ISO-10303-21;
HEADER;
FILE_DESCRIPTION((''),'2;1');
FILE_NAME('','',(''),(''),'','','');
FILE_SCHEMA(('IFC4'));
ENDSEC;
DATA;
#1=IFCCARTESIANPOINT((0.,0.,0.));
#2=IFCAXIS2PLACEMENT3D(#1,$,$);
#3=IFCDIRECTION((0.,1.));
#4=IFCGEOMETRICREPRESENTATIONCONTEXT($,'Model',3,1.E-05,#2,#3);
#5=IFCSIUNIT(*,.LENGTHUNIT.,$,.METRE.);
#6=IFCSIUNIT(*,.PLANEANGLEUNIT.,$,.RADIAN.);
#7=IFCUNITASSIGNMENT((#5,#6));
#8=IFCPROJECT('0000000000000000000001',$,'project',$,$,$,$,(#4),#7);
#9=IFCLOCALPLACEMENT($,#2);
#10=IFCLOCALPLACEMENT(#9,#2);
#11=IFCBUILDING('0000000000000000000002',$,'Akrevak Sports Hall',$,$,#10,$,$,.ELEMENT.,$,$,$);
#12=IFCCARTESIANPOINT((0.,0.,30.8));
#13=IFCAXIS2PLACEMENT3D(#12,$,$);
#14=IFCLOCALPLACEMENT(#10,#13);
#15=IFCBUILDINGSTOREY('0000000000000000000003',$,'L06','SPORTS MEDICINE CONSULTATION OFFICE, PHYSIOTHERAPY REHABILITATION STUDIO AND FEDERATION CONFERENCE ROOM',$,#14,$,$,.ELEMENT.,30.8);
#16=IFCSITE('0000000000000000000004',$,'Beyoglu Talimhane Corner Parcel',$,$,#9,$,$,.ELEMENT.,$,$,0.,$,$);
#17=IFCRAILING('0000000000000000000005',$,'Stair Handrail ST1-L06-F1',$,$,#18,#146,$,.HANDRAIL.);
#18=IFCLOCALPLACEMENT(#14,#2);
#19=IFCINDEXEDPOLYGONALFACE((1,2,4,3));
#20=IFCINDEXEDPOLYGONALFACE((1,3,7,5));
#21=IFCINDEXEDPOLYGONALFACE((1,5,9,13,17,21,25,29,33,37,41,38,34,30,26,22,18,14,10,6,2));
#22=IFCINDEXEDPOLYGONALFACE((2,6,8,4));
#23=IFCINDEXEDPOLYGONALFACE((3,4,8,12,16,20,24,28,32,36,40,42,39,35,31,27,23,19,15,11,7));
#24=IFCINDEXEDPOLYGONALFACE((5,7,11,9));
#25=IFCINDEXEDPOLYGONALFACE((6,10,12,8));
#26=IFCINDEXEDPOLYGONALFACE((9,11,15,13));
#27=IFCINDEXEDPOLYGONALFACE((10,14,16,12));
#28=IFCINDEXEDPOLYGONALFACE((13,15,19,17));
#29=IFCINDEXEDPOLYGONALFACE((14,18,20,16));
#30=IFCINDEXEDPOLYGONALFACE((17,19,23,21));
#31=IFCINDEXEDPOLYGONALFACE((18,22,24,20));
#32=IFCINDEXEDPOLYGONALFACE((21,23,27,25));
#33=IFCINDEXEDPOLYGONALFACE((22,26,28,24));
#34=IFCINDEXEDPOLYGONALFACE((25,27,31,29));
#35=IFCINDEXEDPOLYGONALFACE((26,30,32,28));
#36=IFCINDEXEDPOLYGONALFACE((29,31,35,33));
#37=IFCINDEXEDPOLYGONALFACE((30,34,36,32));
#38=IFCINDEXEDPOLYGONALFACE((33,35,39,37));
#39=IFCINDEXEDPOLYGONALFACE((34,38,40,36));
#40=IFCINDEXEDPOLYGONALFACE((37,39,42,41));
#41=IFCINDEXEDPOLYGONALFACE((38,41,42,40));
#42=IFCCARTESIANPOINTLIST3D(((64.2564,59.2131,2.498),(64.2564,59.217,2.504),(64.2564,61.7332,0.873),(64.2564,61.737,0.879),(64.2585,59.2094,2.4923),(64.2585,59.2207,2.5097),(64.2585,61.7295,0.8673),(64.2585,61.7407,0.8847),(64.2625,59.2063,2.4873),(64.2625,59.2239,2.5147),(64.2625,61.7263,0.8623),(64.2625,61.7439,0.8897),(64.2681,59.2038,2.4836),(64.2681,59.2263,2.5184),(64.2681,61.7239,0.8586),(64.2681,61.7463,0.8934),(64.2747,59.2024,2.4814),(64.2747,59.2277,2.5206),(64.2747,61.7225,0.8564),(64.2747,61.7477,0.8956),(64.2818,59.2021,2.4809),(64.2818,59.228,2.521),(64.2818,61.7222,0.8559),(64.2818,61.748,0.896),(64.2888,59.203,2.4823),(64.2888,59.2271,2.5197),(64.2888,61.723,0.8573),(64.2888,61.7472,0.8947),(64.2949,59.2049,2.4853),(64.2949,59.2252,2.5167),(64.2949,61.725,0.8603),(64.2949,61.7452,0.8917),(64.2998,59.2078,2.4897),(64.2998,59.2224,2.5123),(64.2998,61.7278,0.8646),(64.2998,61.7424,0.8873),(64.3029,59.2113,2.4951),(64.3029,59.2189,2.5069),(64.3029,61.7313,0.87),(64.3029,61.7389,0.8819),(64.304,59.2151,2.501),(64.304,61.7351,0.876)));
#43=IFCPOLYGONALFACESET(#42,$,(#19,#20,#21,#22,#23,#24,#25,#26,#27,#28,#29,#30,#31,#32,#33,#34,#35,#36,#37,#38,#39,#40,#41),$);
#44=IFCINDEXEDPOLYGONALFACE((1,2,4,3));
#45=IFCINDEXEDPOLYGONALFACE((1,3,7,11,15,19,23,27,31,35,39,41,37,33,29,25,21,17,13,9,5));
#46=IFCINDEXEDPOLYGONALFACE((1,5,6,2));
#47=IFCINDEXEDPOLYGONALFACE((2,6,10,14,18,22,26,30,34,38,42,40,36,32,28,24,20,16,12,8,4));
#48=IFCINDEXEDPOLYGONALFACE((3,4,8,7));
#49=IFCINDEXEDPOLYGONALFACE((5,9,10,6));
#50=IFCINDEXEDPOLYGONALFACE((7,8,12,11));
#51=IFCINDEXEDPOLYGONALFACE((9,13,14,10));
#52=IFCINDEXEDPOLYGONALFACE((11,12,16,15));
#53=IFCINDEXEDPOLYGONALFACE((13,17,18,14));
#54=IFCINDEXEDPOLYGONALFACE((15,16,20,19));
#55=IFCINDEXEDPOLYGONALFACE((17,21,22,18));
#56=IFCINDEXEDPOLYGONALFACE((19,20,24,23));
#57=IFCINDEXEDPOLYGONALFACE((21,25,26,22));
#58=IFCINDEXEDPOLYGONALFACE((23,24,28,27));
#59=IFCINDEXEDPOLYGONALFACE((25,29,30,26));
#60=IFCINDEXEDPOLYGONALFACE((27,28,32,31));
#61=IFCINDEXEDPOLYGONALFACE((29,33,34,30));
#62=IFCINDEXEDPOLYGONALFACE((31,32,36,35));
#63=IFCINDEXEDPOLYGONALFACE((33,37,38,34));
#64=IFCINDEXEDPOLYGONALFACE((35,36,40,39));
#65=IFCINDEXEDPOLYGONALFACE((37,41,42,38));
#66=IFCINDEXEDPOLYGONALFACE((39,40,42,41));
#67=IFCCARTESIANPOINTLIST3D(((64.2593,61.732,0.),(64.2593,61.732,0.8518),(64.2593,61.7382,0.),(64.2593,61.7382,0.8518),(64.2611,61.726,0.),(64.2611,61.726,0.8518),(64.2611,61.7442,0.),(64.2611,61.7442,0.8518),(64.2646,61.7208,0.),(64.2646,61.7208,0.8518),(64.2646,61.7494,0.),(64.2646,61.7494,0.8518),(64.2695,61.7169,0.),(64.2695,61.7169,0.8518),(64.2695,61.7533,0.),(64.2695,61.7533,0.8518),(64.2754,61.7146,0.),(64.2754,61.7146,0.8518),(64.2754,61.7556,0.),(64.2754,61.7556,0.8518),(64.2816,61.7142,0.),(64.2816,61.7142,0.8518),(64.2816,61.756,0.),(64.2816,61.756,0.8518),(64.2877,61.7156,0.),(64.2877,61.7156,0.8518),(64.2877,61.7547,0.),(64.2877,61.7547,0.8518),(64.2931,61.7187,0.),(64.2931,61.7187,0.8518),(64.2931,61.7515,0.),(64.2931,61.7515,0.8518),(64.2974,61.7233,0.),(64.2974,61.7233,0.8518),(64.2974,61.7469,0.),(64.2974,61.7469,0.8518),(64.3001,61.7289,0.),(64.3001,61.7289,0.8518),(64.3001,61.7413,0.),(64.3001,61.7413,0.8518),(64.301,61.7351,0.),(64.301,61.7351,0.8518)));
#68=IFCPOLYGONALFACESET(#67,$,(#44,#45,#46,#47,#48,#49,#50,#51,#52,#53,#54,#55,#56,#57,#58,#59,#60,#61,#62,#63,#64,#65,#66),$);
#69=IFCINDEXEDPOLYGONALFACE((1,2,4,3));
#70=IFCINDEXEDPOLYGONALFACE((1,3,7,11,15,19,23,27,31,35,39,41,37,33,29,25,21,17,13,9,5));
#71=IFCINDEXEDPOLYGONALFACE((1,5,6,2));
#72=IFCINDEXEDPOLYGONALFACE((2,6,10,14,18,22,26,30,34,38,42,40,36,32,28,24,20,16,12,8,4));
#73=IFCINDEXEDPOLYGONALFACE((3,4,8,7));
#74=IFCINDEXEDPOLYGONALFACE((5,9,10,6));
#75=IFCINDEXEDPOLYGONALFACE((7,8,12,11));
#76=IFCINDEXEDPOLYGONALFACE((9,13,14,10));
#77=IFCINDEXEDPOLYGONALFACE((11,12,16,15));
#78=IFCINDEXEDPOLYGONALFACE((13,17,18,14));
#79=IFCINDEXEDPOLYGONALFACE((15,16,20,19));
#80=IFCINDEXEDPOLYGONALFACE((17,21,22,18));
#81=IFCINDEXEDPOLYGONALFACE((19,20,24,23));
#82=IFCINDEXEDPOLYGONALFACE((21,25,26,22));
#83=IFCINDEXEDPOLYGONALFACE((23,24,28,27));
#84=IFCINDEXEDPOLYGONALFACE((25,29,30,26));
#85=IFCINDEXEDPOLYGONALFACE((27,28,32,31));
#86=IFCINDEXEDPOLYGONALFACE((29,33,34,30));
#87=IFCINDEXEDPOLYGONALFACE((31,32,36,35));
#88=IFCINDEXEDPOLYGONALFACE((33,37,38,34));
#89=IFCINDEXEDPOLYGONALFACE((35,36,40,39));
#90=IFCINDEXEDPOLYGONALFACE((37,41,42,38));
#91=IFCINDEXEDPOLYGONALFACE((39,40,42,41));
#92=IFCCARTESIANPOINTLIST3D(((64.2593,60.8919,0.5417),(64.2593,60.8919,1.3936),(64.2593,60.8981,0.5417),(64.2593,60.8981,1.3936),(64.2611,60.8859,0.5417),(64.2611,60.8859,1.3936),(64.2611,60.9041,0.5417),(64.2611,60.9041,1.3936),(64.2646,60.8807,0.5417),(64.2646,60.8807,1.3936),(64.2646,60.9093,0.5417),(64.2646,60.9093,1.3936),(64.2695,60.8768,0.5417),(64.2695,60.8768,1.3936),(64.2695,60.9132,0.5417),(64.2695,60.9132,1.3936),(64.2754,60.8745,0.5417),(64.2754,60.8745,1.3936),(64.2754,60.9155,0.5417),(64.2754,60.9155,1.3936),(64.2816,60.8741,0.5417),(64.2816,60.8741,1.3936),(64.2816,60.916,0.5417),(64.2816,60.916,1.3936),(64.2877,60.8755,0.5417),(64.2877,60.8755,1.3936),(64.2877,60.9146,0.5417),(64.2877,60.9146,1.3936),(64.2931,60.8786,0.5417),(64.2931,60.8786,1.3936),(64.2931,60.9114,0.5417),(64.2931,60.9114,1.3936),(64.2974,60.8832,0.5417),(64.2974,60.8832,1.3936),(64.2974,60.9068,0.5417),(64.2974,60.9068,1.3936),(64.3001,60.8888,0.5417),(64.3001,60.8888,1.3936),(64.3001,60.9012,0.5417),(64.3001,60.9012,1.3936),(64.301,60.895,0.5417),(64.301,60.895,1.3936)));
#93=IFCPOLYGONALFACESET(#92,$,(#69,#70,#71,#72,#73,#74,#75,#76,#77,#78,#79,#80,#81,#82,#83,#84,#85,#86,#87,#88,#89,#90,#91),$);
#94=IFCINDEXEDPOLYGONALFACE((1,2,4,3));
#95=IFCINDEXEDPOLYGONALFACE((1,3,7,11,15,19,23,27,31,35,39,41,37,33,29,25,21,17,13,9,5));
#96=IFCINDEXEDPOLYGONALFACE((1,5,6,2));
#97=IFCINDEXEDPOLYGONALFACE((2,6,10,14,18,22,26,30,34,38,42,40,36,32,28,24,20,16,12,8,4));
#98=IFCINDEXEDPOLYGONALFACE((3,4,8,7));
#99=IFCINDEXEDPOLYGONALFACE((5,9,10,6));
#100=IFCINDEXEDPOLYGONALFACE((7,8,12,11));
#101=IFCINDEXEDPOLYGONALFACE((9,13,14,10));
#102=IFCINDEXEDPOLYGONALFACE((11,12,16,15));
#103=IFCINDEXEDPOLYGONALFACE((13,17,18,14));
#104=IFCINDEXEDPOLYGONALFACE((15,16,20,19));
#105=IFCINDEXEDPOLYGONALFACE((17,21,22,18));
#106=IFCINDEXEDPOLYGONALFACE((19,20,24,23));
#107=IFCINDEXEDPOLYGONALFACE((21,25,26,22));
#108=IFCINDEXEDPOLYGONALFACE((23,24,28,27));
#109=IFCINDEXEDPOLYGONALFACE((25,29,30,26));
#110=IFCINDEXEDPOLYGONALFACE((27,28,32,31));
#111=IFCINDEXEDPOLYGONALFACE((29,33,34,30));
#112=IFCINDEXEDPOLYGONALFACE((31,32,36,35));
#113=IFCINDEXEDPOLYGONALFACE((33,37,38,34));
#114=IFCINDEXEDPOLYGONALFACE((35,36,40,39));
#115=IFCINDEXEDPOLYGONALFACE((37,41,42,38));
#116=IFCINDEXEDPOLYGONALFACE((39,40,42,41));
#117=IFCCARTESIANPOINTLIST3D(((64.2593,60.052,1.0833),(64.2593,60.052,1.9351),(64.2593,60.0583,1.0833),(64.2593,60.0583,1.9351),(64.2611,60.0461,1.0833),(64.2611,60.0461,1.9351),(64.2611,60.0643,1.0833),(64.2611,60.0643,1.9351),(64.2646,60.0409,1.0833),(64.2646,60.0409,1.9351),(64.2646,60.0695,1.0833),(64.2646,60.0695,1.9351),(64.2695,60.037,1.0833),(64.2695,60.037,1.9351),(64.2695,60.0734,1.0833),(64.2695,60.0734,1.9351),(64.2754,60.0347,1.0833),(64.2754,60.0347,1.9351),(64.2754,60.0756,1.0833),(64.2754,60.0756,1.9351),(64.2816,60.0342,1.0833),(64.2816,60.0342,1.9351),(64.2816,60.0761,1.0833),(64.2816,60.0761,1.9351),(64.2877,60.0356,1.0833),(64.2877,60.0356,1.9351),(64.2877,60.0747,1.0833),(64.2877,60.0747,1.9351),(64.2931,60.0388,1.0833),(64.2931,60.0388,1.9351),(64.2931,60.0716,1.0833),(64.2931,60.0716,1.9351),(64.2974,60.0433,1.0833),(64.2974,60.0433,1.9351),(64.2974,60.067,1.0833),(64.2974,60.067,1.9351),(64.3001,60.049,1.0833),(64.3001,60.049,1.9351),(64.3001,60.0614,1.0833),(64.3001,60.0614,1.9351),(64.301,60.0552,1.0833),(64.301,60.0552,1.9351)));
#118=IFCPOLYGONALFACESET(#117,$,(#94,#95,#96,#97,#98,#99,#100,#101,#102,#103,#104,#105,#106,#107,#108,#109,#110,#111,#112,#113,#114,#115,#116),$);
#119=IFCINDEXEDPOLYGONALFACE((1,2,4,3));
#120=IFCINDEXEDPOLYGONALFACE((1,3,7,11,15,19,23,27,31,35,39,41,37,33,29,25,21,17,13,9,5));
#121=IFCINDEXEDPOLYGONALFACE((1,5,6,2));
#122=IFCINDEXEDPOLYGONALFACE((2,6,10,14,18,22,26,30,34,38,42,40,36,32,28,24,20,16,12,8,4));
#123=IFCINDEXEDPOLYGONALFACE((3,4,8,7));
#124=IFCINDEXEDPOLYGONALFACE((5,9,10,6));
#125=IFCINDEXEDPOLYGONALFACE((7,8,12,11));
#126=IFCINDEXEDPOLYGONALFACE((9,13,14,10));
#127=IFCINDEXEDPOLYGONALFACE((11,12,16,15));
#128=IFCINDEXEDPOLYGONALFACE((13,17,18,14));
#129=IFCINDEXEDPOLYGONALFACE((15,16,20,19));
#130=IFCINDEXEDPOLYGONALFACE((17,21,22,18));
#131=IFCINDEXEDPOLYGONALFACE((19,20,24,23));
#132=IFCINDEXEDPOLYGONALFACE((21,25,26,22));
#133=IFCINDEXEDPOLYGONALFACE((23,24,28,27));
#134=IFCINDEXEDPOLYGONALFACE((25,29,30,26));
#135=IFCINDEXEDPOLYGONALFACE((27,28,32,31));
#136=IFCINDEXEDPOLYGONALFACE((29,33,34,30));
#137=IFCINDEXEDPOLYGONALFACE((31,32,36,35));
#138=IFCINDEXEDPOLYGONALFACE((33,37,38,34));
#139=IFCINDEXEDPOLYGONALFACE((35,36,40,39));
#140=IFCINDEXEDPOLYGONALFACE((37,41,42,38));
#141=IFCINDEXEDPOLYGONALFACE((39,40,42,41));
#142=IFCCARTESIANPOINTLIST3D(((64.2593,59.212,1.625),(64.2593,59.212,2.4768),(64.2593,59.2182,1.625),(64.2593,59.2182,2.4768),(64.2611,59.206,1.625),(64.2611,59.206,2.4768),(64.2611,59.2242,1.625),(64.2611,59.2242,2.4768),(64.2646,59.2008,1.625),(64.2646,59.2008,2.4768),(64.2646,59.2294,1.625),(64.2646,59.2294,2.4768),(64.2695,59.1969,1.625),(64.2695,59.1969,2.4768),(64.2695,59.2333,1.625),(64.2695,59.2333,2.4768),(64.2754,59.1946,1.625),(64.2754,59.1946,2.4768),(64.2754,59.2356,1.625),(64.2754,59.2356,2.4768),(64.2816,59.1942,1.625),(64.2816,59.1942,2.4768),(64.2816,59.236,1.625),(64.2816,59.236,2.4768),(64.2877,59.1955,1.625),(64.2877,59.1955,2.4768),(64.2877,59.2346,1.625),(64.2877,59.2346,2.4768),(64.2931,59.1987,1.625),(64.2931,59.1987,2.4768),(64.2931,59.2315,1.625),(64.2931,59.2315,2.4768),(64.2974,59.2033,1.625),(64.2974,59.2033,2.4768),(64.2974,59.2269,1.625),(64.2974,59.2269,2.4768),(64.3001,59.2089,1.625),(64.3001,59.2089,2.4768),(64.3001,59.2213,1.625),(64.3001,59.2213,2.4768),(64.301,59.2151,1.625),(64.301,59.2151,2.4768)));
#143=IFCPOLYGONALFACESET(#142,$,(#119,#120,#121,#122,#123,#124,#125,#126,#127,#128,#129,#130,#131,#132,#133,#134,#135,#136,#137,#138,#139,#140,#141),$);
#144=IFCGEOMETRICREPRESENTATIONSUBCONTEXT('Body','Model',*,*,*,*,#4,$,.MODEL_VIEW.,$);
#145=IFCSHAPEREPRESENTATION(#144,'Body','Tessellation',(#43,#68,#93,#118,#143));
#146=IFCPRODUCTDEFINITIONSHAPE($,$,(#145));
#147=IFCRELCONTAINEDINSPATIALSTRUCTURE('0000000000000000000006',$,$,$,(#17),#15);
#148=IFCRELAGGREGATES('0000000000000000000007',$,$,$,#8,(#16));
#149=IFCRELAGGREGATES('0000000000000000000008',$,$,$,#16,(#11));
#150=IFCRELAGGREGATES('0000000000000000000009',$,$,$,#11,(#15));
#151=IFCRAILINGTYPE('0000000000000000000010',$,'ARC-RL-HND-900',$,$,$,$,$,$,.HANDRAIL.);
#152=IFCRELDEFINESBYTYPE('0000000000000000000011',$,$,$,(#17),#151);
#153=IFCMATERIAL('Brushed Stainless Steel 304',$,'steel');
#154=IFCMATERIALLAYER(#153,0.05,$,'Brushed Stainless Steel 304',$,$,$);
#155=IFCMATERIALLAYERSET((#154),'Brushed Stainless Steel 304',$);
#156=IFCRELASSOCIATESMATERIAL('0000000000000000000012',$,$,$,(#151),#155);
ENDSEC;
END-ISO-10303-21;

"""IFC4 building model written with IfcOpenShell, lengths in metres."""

from ifc_helpers import new_model, si_unit, direction, frame, origin, origin_2d, place, context, subcontext, project, spatial, circle, extrude, material, layer, layer_set, type_object, element, save


model = new_model("IFC4")

# Units and contexts
model_context = context("Model", 3, precision=1e-05, world=origin(), true_north=direction((0.0, 1.0)))
body_context = subcontext(model_context, "Body", "Model", "MODEL_VIEW")
ifc_project = project(units=[si_unit("LENGTHUNIT", "METRE"), si_unit("PLANEANGLEUNIT", "RADIAN")], contexts=[model_context])

# Site, building, storey
site_placement = place(None, origin())
site = spatial("IfcSite", under=ifc_project, at=site_placement, Name="Beyoglu Talimhane Corner Parcel", CompositionType="ELEMENT", RefElevation=0.0)
building_placement = place(site_placement, origin())
building = spatial("IfcBuilding", under=site, at=building_placement, Name="Akrevak Sports Hall", CompositionType="ELEMENT")
storey_placement = place(building_placement, frame((0.0, 0.0, 30.8)))
storey = spatial("IfcBuildingStorey", under=building, at=storey_placement, Name="L06", Description="SPORTS MEDICINE CONSULTATION OFFICE, PHYSIOTHERAPY REHABILITATION STUDIO AND FEDERATION CONFERENCE ROOM", CompositionType="ELEMENT", Elevation=30.8)

# Shared definitions
ifc_material_1 = material(Name="Brushed Stainless Steel 304", Category="steel")

# Railing
ifc_layer_1 = layer(ifc_material_1, 0.05, Name="Brushed Stainless Steel 304")
ifc_layer_set_1 = layer_set([ifc_layer_1], Name="Brushed Stainless Steel 304")
railing_type_1 = type_object("IfcRailingType", Name="ARC-RL-HND-900", PredefinedType="HANDRAIL", material=ifc_layer_set_1)
railing_1_placement = place(storey_placement, frame((64.28, 61.7351, 0.0)))
element("IfcRailing", 1, at=railing_1_placement, inside=storey, type_object=railing_type_1, Name="Stair Handrail ST1-L06-F1", PredefinedType="HANDRAIL", context=body_context, shape_type="SweptSolid", body=[
    extrude(circle(Radius=0.0239, at=origin_2d()), frame((0.0, 0.0, 0.876), z_axis=(0.0, -0.840421, 0.541934), x_axis=(1.0, 0.0, 0.0)), (0.0, 0.0, 1.0), 2.9985),
    extrude(circle(Radius=0.021, at=origin_2d()), origin(), (0.0, 0.0, 1.0), 0.8518),
    extrude(circle(Radius=0.021, at=origin_2d()), frame((0.0, -0.8401, 0.5417)), (0.0, 0.0, 1.0), 0.8518),
    extrude(circle(Radius=0.021, at=origin_2d()), frame((0.0, -1.6799, 1.0833)), (0.0, 0.0, 1.0), 0.8518),
    extrude(circle(Radius=0.021, at=origin_2d()), frame((0.0, -2.52, 1.625)), (0.0, 0.0, 1.0), 0.8518),
])

save(model, "model.ifc")
